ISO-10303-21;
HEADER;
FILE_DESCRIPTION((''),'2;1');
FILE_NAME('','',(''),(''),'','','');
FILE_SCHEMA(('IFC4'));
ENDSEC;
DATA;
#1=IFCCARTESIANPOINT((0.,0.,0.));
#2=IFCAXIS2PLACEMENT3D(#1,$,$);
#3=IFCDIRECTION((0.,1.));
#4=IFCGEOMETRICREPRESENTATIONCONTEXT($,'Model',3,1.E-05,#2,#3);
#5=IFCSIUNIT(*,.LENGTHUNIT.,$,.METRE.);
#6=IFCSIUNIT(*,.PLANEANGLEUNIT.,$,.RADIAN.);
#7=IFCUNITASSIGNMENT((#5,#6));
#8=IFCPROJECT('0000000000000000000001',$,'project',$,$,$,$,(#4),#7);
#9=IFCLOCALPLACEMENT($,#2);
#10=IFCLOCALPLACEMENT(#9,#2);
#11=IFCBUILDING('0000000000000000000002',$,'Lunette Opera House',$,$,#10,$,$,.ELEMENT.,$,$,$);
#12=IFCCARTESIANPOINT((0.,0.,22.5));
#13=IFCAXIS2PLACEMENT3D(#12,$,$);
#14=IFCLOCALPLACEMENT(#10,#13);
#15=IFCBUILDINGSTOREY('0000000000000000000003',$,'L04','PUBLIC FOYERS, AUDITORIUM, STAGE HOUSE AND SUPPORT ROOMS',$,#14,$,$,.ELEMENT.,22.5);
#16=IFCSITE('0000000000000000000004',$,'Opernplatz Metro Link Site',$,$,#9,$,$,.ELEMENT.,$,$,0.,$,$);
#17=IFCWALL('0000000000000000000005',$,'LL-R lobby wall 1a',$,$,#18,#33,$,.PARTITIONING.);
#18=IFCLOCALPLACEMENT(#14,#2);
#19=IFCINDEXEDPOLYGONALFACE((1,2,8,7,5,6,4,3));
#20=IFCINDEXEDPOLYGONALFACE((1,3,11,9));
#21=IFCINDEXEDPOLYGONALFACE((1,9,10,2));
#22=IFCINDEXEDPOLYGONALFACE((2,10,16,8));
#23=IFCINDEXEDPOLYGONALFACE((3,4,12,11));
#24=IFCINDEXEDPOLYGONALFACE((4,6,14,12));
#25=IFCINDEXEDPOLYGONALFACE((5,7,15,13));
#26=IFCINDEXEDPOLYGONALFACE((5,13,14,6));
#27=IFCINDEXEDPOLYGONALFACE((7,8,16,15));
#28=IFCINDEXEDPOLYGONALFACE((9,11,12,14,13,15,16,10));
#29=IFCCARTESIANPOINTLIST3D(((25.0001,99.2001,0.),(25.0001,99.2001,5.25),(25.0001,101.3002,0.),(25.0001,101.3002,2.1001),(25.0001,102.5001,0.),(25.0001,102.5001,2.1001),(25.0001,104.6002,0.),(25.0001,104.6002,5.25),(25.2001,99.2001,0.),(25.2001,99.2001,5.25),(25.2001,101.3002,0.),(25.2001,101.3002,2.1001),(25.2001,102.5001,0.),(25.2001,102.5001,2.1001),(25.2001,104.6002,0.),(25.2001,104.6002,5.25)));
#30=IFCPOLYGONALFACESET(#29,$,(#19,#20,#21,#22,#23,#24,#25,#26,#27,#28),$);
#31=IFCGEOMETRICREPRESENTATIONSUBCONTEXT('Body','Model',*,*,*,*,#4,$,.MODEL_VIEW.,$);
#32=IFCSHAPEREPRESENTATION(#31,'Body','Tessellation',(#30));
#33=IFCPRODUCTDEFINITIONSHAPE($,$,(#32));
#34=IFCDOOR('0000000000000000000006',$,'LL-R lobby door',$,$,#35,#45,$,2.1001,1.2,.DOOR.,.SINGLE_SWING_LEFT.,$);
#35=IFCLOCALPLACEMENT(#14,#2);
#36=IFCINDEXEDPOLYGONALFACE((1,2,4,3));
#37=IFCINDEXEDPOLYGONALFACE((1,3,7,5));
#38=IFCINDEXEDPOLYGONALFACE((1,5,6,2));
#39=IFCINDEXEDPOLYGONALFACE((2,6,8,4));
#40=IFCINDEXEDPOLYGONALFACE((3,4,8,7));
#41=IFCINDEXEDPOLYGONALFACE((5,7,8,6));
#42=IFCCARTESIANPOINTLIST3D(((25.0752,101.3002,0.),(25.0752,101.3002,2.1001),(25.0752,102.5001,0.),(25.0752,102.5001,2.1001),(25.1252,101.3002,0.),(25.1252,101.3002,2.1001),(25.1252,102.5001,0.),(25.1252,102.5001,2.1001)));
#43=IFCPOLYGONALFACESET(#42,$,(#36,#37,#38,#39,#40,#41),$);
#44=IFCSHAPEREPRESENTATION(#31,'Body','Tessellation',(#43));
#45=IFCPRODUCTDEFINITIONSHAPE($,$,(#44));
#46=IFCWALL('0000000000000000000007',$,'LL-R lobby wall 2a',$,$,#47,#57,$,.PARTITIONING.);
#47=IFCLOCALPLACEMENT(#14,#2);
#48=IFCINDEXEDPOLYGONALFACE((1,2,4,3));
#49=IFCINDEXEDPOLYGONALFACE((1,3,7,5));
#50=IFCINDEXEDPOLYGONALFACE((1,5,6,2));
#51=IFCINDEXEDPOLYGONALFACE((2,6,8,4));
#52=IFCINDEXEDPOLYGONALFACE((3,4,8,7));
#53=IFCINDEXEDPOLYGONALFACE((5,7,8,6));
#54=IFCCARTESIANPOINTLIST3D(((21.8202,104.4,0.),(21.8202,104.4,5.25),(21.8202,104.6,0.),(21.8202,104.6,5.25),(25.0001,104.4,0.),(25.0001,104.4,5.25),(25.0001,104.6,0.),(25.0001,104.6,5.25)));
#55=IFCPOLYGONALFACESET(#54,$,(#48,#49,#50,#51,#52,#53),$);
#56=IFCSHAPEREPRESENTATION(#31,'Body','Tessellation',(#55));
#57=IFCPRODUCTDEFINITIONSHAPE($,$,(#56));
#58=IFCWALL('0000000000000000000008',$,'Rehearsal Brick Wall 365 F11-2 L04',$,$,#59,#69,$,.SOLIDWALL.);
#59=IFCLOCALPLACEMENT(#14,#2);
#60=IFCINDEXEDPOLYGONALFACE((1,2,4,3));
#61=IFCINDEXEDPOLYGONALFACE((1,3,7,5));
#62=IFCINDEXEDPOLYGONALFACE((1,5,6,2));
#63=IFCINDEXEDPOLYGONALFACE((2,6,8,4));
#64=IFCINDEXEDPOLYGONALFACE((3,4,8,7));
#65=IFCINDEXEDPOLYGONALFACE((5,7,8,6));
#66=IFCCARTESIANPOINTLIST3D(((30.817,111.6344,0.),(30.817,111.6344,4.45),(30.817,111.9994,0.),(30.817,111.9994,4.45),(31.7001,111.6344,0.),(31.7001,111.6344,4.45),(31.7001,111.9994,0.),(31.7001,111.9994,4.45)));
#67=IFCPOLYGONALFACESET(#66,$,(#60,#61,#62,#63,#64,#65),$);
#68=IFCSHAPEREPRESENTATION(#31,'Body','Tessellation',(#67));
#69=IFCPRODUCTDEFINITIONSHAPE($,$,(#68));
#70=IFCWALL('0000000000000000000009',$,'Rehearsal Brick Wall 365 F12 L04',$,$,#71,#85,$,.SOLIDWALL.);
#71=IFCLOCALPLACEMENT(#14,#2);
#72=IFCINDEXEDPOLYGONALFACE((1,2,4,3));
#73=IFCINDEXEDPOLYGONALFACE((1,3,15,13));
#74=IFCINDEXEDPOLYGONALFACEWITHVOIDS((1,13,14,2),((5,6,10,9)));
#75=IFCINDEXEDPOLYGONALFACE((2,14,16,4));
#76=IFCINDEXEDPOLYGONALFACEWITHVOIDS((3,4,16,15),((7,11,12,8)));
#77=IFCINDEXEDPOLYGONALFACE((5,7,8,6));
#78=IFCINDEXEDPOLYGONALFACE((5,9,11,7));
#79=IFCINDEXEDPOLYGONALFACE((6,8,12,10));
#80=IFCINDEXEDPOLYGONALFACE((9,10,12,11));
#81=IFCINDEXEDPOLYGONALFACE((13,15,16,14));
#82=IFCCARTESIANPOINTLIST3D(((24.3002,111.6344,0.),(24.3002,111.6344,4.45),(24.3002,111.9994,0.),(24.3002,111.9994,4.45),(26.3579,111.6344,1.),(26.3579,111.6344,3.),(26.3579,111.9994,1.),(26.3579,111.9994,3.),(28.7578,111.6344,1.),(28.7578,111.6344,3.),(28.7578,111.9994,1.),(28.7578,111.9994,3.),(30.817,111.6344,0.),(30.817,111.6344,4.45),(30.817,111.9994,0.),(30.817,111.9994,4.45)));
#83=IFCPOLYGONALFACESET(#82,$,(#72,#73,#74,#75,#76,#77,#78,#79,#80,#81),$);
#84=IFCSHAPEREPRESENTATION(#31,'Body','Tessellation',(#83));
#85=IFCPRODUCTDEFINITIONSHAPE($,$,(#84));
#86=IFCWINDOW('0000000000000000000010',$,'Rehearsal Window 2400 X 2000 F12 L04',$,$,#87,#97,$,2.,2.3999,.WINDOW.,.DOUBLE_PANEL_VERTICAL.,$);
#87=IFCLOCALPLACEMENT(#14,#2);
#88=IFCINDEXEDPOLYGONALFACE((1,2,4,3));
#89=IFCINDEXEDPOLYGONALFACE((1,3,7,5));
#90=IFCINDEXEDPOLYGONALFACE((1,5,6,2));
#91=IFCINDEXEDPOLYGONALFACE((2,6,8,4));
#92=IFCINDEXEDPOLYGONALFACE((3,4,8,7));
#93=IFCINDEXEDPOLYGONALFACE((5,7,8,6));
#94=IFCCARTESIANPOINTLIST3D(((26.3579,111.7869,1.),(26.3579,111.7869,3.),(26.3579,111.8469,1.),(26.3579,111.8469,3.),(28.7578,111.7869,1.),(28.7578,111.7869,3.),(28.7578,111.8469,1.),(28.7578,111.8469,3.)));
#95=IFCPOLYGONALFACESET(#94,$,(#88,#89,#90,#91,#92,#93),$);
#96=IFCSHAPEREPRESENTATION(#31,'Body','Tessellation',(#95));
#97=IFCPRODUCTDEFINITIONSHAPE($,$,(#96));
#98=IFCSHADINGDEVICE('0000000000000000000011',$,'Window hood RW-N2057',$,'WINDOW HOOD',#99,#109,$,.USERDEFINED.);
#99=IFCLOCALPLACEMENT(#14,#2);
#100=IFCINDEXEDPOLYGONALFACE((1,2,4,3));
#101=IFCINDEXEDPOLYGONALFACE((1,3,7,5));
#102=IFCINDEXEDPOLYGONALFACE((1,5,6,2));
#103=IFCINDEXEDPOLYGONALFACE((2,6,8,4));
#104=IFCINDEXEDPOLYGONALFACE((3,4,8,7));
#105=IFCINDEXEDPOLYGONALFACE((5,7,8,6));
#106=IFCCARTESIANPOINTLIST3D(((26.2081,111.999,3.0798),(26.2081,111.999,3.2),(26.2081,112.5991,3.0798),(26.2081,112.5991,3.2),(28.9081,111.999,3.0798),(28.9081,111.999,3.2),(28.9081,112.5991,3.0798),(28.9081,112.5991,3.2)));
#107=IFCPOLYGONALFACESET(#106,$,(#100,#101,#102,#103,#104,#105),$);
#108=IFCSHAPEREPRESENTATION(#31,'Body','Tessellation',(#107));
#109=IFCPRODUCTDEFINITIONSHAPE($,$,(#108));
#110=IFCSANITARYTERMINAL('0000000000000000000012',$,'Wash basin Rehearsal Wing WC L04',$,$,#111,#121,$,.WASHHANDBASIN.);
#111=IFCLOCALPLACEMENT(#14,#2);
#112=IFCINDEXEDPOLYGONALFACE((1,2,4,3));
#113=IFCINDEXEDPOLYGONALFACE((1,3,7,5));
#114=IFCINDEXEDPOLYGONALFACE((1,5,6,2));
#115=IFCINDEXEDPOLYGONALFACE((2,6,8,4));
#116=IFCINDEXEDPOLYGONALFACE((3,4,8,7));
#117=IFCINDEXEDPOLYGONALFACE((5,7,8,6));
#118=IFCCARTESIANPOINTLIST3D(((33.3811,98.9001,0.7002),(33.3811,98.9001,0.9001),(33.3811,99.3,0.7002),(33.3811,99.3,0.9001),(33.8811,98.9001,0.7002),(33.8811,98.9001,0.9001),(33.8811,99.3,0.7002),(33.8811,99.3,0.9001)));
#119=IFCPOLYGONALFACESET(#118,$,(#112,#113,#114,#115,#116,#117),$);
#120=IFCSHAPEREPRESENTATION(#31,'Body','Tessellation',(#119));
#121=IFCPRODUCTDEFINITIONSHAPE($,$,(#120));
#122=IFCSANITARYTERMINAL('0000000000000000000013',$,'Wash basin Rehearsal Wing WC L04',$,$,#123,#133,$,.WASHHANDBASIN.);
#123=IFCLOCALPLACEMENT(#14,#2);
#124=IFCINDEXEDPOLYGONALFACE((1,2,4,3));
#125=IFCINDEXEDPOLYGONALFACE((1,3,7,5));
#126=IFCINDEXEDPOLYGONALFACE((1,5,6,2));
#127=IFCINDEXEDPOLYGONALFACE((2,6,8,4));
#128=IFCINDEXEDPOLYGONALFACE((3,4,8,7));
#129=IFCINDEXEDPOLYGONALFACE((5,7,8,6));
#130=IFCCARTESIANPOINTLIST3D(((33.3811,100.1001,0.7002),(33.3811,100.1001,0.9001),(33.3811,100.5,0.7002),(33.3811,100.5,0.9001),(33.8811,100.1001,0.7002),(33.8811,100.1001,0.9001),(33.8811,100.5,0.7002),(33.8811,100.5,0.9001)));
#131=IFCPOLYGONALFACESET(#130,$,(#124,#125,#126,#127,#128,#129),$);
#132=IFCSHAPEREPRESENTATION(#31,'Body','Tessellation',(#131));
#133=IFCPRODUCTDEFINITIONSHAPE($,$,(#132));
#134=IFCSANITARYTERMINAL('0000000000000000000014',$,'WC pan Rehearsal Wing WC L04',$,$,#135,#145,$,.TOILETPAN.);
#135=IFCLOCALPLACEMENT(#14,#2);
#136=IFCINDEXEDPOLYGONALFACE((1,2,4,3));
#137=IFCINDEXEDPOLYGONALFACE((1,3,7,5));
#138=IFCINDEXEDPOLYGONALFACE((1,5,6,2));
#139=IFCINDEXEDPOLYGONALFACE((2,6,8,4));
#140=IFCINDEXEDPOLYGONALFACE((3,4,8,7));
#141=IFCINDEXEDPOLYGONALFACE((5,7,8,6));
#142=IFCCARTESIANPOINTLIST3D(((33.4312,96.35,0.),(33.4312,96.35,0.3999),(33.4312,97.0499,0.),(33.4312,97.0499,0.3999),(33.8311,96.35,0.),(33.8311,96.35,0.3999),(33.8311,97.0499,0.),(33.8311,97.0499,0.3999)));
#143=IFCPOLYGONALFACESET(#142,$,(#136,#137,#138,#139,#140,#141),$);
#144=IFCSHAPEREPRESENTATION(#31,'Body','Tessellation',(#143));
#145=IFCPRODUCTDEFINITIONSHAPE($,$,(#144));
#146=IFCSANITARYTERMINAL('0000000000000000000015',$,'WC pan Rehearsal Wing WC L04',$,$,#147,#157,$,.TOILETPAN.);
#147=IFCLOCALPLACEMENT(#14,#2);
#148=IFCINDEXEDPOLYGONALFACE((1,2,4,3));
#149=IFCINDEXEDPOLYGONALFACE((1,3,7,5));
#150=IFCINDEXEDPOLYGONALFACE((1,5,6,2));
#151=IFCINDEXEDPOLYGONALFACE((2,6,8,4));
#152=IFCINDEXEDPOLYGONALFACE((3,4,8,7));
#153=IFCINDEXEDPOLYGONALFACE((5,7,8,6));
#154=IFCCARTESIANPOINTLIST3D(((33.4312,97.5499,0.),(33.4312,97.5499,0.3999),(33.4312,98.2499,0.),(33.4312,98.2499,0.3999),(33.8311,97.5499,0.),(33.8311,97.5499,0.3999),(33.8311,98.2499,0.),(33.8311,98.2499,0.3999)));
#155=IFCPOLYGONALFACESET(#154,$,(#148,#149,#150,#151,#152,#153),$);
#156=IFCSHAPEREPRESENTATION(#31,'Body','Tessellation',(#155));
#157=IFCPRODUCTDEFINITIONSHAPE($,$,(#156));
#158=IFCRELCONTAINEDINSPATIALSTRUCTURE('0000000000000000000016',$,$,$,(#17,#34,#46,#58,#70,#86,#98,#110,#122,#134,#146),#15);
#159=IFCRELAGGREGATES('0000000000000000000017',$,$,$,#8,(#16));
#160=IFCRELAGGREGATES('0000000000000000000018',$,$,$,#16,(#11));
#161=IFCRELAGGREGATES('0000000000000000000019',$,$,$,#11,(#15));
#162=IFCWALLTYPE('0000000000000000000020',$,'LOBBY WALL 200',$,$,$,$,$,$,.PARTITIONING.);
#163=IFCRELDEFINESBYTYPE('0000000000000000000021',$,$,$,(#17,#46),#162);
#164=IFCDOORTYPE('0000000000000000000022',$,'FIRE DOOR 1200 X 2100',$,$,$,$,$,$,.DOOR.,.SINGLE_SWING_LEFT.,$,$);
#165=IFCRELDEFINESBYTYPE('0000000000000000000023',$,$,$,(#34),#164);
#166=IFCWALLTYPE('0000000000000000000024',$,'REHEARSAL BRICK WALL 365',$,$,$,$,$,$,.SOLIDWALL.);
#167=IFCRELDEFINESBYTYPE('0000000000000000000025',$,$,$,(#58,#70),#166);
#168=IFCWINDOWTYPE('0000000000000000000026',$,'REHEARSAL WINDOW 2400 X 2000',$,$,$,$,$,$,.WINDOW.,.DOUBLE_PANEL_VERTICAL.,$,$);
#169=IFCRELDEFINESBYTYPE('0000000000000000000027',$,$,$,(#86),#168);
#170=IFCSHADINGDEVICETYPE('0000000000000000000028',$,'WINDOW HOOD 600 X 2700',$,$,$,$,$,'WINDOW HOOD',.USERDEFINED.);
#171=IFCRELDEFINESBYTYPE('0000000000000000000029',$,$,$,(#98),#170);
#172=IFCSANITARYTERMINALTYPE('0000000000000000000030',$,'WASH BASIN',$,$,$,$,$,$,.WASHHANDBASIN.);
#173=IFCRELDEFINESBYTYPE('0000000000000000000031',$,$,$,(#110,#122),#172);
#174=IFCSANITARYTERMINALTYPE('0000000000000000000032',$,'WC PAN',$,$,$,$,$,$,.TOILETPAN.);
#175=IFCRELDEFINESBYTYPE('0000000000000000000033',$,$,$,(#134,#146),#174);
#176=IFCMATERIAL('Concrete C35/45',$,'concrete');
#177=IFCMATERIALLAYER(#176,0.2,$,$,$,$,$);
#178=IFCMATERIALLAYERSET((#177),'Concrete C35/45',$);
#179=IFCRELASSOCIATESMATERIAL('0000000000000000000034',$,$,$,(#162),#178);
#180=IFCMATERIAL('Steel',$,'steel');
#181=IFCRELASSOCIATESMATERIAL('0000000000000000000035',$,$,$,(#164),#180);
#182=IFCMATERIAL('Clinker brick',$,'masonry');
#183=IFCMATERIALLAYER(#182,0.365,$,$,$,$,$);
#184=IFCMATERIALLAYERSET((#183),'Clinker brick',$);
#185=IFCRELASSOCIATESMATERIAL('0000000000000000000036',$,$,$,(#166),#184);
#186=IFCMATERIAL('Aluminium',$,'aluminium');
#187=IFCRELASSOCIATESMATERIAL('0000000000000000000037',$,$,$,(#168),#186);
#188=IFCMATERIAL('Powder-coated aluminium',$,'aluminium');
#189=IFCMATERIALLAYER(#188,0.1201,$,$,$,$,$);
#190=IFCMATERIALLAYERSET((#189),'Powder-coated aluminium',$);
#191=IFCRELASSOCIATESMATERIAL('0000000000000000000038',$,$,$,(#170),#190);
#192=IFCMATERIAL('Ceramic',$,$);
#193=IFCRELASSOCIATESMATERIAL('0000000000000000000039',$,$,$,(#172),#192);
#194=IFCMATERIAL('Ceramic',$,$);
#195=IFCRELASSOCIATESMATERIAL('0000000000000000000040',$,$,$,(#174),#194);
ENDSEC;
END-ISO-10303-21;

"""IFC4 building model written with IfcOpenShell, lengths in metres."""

from ifc_helpers import new_model, si_unit, direction, frame, frame_2d, origin, origin_2d, place, context, subcontext, project, spatial, rectangle, extrude, material, layer, layer_set, type_object, element, fill, save


model = new_model("IFC4")

# Units and contexts
model_context = context("Model", 3, precision=1e-05, world=origin(), true_north=direction((0.0, 1.0)))
body_context = subcontext(model_context, "Body", "Model", "MODEL_VIEW")
ifc_project = project(units=[si_unit("LENGTHUNIT", "METRE"), si_unit("PLANEANGLEUNIT", "RADIAN")], contexts=[model_context])

# Site, building, storey
site_placement = place(None, origin())
site = spatial("IfcSite", under=ifc_project, at=site_placement, Name="Opernplatz Metro Link Site", CompositionType="ELEMENT", RefElevation=0.0)
building_placement = place(site_placement, origin())
building = spatial("IfcBuilding", under=site, at=building_placement, Name="Lunette Opera House", CompositionType="ELEMENT")
storey_placement = place(building_placement, frame((0.0, 0.0, 22.5)))
storey = spatial("IfcBuildingStorey", under=building, at=storey_placement, Name="L04", Description="PUBLIC FOYERS, AUDITORIUM, STAGE HOUSE AND SUPPORT ROOMS", CompositionType="ELEMENT", Elevation=22.5)

# Wall, opening, door
ifc_material_1 = material(Name="Concrete C35/45", Category="concrete")
ifc_layer_1 = layer(ifc_material_1, 0.2)
ifc_layer_set_1 = layer_set([ifc_layer_1], Name="Concrete C35/45")
wall_type_1 = type_object("IfcWallType", Name="LOBBY WALL 200", PredefinedType="PARTITIONING", material=ifc_layer_set_1)
wall_1_placement = place(storey_placement, frame((25.1001, 99.2, 0.0), z_axis=(0.0, 0.0, 1.0), x_axis=(0.0, 1.0, 0.0)))
wall_1 = element("IfcWall", 1, at=wall_1_placement, inside=storey, type_object=wall_type_1, Name="LL-R lobby wall 1a", PredefinedType="PARTITIONING", context=body_context, shape_type="SweptSolid", body=[
    extrude(rectangle(XDim=5.4001, YDim=0.2, at=frame_2d((2.7002, 0.0))), origin(), (0.0, 0.0, 1.0), 5.25),
])
opening_1_placement = place(wall_1_placement, frame((2.1001, 0.0, 0.0)))
opening_1 = element("IfcOpeningElement", 2, at=opening_1_placement, cuts=wall_1, PredefinedType="OPENING", context=body_context, shape_type="SweptSolid", body=[
    extrude(rectangle(XDim=1.2, YDim=2.1001, at=frame_2d((0.6001, 1.05))), frame((0.0, 0.1121, 0.0), z_axis=(0.0, -1.0, 0.0), x_axis=(1.0, 0.0, 0.0)), (0.0, 0.0, 1.0), 0.2239),
])
ifc_material_2 = material(Name="Steel", Category="steel")
door_type = type_object("IfcDoorType", Name="FIRE DOOR 1200 X 2100", OperationType="SINGLE_SWING_LEFT", PredefinedType="DOOR", material=ifc_material_2)
door_placement = place(opening_1_placement, origin())
door = element("IfcDoor", 3, at=door_placement, inside=storey, type_object=door_type, Name="LL-R lobby door", OperationType="SINGLE_SWING_LEFT", OverallHeight=2.1001, OverallWidth=1.2, PredefinedType="DOOR", context=body_context, shape_type="SweptSolid", body=[
    extrude(rectangle(XDim=1.2, YDim=2.1001, at=frame_2d((0.6001, 1.05))), frame((0.0, 0.0249, 0.0), z_axis=(0.0, -1.0, 0.0), x_axis=(1.0, 0.0, 0.0)), (0.0, 0.0, 1.0), 0.05),
])
fill(opening_1, door)

# Walls
wall_2_placement = place(storey_placement, frame((25.0, 104.5, 0.0), z_axis=(0.0, 0.0, 1.0), x_axis=(-1.0, 0.0, 0.0)))
element("IfcWall", 4, at=wall_2_placement, inside=storey, type_object=wall_type_1, Name="LL-R lobby wall 2a", PredefinedType="PARTITIONING", context=body_context, shape_type="SweptSolid", body=[
    extrude(rectangle(XDim=3.1799, YDim=0.2, at=frame_2d((1.5898, 0.0))), origin(), (0.0, 0.0, 1.0), 5.25),
])
ifc_material_3 = material(Name="Clinker brick", Category="masonry")
ifc_layer_2 = layer(ifc_material_3, 0.365)
ifc_layer_set_2 = layer_set([ifc_layer_2], Name="Clinker brick")
wall_type_2 = type_object("IfcWallType", Name="REHEARSAL BRICK WALL 365", PredefinedType="SOLIDWALL", material=ifc_layer_set_2)
wall_3_placement = place(storey_placement, frame((31.7, 111.8169, 0.0), z_axis=(0.0, 0.0, 1.0), x_axis=(-1.0, 0.0, 0.0)))
element("IfcWall", 5, at=wall_3_placement, inside=storey, type_object=wall_type_2, Name="Rehearsal Brick Wall 365 F11-2 L04", PredefinedType="SOLIDWALL", context=body_context, shape_type="SweptSolid", body=[
    extrude(rectangle(XDim=0.8831, YDim=0.365, at=frame_2d((0.4414, 0.0))), origin(), (0.0, 0.0, 1.0), 4.45),
])

# Wall, opening, window
wall_4_placement = place(storey_placement, frame((30.8169, 111.8169, 0.0), z_axis=(0.0, 0.0, 1.0), x_axis=(-1.0, 0.0, 0.0)))
wall_4 = element("IfcWall", 6, at=wall_4_placement, inside=storey, type_object=wall_type_2, Name="Rehearsal Brick Wall 365 F12 L04", PredefinedType="SOLIDWALL", context=body_context, shape_type="SweptSolid", body=[
    extrude(rectangle(XDim=6.5168, YDim=0.365, at=frame_2d((3.2583, 0.0))), origin(), (0.0, 0.0, 1.0), 4.45),
])
opening_2_placement = place(wall_4_placement, frame((2.0591, 0.0, 1.0)))
opening_2 = element("IfcOpeningElement", 7, at=opening_2_placement, cuts=wall_4, PredefinedType="OPENING", context=body_context, shape_type="SweptSolid", body=[
    extrude(rectangle(XDim=2.3999, YDim=2.0, at=frame_2d((1.2, 1.0))), frame((0.0, 0.1946, 0.0), z_axis=(0.0, -1.0, 0.0), x_axis=(1.0, 0.0, 0.0)), (0.0, 0.0, 1.0), 0.3889),
])
ifc_material_4 = material(Name="Aluminium", Category="aluminium")
window_type = type_object("IfcWindowType", Name="REHEARSAL WINDOW 2400 X 2000", PartitioningType="DOUBLE_PANEL_VERTICAL", PredefinedType="WINDOW", material=ifc_material_4)
window_placement = place(opening_2_placement, origin())
window = element("IfcWindow", 8, at=window_placement, inside=storey, type_object=window_type, Name="Rehearsal Window 2400 X 2000 F12 L04", OverallHeight=2.0, OverallWidth=2.3999, PartitioningType="DOUBLE_PANEL_VERTICAL", PredefinedType="WINDOW", context=body_context, shape_type="SweptSolid", body=[
    extrude(rectangle(XDim=2.3999, YDim=2.0, at=frame_2d((1.2, 1.0))), frame((0.0, 0.03, 0.0), z_axis=(0.0, -1.0, 0.0), x_axis=(1.0, 0.0, 0.0)), (0.0, 0.0, 1.0), 0.0601),
])
fill(opening_2, window)

# Shading device
ifc_material_5 = material(Name="Powder-coated aluminium", Category="aluminium")
ifc_layer_3 = layer(ifc_material_5, 0.1201)
ifc_layer_set_3 = layer_set([ifc_layer_3], Name="Powder-coated aluminium")
shading_device_type = type_object("IfcShadingDeviceType", Name="WINDOW HOOD 600 X 2700", ElementType="WINDOW HOOD", PredefinedType="USERDEFINED", material=ifc_layer_set_3)
shading_device_placement = place(storey_placement, frame((27.5581, 112.2991, 3.0798), z_axis=(0.0, 0.0, 1.0), x_axis=(0.0, 1.0, 0.0)))
element("IfcShadingDevice", 9, at=shading_device_placement, inside=storey, type_object=shading_device_type, Name="Window hood RW-N2057", ObjectType="WINDOW HOOD", PredefinedType="USERDEFINED", context=body_context, shape_type="SweptSolid", body=[
    extrude(rectangle(XDim=0.6001, YDim=2.7, at=origin_2d()), origin(), (0.0, 0.0, 1.0), 0.1201),
])

# Sanitary terminals
ifc_material_6 = material(Name="Ceramic")
sanitary_terminal_type_1 = type_object("IfcSanitaryTerminalType", Name="WASH BASIN", PredefinedType="WASHHANDBASIN", material=ifc_material_6)
for number, where, z_axis, x_axis, name in (
    (10, (33.6311, 99.1001, 0.7002), (0.0, 0.0, 1.0), (1.0, 0.0, 0.0), "Wash basin Rehearsal Wing WC L04"),
    (11, (33.6311, 100.3, 0.7002), (0.0, 0.0, 1.0), (1.0, 0.0, 0.0), "Wash basin Rehearsal Wing WC L04"),
):
    element("IfcSanitaryTerminal", number, at=place(storey_placement, frame(where, z_axis=z_axis, x_axis=x_axis)), inside=storey, type_object=sanitary_terminal_type_1, Name=name, PredefinedType="WASHHANDBASIN", context=body_context, shape_type="SweptSolid", body=[
        extrude(rectangle(XDim=0.5, YDim=0.3999, at=origin_2d()), origin(), (0.0, 0.0, 1.0), 0.2),
    ])
ifc_material_7 = material(Name="Ceramic")
sanitary_terminal_type_2 = type_object("IfcSanitaryTerminalType", Name="WC PAN", PredefinedType="TOILETPAN", material=ifc_material_7)
for number, where, z_axis, x_axis, name in (
    (12, (33.6311, 96.7, 0.0), (0.0, 0.0, 1.0), (1.0, 0.0, 0.0), "WC pan Rehearsal Wing WC L04"),
    (13, (33.6311, 97.8999, 0.0), (0.0, 0.0, 1.0), (1.0, 0.0, 0.0), "WC pan Rehearsal Wing WC L04"),
):
    element("IfcSanitaryTerminal", number, at=place(storey_placement, frame(where, z_axis=z_axis, x_axis=x_axis)), inside=storey, type_object=sanitary_terminal_type_2, Name=name, PredefinedType="TOILETPAN", context=body_context, shape_type="SweptSolid", body=[
        extrude(rectangle(XDim=0.3999, YDim=0.7, at=origin_2d()), origin(), (0.0, 0.0, 1.0), 0.3999),
    ])

save(model, "model.ifc")
